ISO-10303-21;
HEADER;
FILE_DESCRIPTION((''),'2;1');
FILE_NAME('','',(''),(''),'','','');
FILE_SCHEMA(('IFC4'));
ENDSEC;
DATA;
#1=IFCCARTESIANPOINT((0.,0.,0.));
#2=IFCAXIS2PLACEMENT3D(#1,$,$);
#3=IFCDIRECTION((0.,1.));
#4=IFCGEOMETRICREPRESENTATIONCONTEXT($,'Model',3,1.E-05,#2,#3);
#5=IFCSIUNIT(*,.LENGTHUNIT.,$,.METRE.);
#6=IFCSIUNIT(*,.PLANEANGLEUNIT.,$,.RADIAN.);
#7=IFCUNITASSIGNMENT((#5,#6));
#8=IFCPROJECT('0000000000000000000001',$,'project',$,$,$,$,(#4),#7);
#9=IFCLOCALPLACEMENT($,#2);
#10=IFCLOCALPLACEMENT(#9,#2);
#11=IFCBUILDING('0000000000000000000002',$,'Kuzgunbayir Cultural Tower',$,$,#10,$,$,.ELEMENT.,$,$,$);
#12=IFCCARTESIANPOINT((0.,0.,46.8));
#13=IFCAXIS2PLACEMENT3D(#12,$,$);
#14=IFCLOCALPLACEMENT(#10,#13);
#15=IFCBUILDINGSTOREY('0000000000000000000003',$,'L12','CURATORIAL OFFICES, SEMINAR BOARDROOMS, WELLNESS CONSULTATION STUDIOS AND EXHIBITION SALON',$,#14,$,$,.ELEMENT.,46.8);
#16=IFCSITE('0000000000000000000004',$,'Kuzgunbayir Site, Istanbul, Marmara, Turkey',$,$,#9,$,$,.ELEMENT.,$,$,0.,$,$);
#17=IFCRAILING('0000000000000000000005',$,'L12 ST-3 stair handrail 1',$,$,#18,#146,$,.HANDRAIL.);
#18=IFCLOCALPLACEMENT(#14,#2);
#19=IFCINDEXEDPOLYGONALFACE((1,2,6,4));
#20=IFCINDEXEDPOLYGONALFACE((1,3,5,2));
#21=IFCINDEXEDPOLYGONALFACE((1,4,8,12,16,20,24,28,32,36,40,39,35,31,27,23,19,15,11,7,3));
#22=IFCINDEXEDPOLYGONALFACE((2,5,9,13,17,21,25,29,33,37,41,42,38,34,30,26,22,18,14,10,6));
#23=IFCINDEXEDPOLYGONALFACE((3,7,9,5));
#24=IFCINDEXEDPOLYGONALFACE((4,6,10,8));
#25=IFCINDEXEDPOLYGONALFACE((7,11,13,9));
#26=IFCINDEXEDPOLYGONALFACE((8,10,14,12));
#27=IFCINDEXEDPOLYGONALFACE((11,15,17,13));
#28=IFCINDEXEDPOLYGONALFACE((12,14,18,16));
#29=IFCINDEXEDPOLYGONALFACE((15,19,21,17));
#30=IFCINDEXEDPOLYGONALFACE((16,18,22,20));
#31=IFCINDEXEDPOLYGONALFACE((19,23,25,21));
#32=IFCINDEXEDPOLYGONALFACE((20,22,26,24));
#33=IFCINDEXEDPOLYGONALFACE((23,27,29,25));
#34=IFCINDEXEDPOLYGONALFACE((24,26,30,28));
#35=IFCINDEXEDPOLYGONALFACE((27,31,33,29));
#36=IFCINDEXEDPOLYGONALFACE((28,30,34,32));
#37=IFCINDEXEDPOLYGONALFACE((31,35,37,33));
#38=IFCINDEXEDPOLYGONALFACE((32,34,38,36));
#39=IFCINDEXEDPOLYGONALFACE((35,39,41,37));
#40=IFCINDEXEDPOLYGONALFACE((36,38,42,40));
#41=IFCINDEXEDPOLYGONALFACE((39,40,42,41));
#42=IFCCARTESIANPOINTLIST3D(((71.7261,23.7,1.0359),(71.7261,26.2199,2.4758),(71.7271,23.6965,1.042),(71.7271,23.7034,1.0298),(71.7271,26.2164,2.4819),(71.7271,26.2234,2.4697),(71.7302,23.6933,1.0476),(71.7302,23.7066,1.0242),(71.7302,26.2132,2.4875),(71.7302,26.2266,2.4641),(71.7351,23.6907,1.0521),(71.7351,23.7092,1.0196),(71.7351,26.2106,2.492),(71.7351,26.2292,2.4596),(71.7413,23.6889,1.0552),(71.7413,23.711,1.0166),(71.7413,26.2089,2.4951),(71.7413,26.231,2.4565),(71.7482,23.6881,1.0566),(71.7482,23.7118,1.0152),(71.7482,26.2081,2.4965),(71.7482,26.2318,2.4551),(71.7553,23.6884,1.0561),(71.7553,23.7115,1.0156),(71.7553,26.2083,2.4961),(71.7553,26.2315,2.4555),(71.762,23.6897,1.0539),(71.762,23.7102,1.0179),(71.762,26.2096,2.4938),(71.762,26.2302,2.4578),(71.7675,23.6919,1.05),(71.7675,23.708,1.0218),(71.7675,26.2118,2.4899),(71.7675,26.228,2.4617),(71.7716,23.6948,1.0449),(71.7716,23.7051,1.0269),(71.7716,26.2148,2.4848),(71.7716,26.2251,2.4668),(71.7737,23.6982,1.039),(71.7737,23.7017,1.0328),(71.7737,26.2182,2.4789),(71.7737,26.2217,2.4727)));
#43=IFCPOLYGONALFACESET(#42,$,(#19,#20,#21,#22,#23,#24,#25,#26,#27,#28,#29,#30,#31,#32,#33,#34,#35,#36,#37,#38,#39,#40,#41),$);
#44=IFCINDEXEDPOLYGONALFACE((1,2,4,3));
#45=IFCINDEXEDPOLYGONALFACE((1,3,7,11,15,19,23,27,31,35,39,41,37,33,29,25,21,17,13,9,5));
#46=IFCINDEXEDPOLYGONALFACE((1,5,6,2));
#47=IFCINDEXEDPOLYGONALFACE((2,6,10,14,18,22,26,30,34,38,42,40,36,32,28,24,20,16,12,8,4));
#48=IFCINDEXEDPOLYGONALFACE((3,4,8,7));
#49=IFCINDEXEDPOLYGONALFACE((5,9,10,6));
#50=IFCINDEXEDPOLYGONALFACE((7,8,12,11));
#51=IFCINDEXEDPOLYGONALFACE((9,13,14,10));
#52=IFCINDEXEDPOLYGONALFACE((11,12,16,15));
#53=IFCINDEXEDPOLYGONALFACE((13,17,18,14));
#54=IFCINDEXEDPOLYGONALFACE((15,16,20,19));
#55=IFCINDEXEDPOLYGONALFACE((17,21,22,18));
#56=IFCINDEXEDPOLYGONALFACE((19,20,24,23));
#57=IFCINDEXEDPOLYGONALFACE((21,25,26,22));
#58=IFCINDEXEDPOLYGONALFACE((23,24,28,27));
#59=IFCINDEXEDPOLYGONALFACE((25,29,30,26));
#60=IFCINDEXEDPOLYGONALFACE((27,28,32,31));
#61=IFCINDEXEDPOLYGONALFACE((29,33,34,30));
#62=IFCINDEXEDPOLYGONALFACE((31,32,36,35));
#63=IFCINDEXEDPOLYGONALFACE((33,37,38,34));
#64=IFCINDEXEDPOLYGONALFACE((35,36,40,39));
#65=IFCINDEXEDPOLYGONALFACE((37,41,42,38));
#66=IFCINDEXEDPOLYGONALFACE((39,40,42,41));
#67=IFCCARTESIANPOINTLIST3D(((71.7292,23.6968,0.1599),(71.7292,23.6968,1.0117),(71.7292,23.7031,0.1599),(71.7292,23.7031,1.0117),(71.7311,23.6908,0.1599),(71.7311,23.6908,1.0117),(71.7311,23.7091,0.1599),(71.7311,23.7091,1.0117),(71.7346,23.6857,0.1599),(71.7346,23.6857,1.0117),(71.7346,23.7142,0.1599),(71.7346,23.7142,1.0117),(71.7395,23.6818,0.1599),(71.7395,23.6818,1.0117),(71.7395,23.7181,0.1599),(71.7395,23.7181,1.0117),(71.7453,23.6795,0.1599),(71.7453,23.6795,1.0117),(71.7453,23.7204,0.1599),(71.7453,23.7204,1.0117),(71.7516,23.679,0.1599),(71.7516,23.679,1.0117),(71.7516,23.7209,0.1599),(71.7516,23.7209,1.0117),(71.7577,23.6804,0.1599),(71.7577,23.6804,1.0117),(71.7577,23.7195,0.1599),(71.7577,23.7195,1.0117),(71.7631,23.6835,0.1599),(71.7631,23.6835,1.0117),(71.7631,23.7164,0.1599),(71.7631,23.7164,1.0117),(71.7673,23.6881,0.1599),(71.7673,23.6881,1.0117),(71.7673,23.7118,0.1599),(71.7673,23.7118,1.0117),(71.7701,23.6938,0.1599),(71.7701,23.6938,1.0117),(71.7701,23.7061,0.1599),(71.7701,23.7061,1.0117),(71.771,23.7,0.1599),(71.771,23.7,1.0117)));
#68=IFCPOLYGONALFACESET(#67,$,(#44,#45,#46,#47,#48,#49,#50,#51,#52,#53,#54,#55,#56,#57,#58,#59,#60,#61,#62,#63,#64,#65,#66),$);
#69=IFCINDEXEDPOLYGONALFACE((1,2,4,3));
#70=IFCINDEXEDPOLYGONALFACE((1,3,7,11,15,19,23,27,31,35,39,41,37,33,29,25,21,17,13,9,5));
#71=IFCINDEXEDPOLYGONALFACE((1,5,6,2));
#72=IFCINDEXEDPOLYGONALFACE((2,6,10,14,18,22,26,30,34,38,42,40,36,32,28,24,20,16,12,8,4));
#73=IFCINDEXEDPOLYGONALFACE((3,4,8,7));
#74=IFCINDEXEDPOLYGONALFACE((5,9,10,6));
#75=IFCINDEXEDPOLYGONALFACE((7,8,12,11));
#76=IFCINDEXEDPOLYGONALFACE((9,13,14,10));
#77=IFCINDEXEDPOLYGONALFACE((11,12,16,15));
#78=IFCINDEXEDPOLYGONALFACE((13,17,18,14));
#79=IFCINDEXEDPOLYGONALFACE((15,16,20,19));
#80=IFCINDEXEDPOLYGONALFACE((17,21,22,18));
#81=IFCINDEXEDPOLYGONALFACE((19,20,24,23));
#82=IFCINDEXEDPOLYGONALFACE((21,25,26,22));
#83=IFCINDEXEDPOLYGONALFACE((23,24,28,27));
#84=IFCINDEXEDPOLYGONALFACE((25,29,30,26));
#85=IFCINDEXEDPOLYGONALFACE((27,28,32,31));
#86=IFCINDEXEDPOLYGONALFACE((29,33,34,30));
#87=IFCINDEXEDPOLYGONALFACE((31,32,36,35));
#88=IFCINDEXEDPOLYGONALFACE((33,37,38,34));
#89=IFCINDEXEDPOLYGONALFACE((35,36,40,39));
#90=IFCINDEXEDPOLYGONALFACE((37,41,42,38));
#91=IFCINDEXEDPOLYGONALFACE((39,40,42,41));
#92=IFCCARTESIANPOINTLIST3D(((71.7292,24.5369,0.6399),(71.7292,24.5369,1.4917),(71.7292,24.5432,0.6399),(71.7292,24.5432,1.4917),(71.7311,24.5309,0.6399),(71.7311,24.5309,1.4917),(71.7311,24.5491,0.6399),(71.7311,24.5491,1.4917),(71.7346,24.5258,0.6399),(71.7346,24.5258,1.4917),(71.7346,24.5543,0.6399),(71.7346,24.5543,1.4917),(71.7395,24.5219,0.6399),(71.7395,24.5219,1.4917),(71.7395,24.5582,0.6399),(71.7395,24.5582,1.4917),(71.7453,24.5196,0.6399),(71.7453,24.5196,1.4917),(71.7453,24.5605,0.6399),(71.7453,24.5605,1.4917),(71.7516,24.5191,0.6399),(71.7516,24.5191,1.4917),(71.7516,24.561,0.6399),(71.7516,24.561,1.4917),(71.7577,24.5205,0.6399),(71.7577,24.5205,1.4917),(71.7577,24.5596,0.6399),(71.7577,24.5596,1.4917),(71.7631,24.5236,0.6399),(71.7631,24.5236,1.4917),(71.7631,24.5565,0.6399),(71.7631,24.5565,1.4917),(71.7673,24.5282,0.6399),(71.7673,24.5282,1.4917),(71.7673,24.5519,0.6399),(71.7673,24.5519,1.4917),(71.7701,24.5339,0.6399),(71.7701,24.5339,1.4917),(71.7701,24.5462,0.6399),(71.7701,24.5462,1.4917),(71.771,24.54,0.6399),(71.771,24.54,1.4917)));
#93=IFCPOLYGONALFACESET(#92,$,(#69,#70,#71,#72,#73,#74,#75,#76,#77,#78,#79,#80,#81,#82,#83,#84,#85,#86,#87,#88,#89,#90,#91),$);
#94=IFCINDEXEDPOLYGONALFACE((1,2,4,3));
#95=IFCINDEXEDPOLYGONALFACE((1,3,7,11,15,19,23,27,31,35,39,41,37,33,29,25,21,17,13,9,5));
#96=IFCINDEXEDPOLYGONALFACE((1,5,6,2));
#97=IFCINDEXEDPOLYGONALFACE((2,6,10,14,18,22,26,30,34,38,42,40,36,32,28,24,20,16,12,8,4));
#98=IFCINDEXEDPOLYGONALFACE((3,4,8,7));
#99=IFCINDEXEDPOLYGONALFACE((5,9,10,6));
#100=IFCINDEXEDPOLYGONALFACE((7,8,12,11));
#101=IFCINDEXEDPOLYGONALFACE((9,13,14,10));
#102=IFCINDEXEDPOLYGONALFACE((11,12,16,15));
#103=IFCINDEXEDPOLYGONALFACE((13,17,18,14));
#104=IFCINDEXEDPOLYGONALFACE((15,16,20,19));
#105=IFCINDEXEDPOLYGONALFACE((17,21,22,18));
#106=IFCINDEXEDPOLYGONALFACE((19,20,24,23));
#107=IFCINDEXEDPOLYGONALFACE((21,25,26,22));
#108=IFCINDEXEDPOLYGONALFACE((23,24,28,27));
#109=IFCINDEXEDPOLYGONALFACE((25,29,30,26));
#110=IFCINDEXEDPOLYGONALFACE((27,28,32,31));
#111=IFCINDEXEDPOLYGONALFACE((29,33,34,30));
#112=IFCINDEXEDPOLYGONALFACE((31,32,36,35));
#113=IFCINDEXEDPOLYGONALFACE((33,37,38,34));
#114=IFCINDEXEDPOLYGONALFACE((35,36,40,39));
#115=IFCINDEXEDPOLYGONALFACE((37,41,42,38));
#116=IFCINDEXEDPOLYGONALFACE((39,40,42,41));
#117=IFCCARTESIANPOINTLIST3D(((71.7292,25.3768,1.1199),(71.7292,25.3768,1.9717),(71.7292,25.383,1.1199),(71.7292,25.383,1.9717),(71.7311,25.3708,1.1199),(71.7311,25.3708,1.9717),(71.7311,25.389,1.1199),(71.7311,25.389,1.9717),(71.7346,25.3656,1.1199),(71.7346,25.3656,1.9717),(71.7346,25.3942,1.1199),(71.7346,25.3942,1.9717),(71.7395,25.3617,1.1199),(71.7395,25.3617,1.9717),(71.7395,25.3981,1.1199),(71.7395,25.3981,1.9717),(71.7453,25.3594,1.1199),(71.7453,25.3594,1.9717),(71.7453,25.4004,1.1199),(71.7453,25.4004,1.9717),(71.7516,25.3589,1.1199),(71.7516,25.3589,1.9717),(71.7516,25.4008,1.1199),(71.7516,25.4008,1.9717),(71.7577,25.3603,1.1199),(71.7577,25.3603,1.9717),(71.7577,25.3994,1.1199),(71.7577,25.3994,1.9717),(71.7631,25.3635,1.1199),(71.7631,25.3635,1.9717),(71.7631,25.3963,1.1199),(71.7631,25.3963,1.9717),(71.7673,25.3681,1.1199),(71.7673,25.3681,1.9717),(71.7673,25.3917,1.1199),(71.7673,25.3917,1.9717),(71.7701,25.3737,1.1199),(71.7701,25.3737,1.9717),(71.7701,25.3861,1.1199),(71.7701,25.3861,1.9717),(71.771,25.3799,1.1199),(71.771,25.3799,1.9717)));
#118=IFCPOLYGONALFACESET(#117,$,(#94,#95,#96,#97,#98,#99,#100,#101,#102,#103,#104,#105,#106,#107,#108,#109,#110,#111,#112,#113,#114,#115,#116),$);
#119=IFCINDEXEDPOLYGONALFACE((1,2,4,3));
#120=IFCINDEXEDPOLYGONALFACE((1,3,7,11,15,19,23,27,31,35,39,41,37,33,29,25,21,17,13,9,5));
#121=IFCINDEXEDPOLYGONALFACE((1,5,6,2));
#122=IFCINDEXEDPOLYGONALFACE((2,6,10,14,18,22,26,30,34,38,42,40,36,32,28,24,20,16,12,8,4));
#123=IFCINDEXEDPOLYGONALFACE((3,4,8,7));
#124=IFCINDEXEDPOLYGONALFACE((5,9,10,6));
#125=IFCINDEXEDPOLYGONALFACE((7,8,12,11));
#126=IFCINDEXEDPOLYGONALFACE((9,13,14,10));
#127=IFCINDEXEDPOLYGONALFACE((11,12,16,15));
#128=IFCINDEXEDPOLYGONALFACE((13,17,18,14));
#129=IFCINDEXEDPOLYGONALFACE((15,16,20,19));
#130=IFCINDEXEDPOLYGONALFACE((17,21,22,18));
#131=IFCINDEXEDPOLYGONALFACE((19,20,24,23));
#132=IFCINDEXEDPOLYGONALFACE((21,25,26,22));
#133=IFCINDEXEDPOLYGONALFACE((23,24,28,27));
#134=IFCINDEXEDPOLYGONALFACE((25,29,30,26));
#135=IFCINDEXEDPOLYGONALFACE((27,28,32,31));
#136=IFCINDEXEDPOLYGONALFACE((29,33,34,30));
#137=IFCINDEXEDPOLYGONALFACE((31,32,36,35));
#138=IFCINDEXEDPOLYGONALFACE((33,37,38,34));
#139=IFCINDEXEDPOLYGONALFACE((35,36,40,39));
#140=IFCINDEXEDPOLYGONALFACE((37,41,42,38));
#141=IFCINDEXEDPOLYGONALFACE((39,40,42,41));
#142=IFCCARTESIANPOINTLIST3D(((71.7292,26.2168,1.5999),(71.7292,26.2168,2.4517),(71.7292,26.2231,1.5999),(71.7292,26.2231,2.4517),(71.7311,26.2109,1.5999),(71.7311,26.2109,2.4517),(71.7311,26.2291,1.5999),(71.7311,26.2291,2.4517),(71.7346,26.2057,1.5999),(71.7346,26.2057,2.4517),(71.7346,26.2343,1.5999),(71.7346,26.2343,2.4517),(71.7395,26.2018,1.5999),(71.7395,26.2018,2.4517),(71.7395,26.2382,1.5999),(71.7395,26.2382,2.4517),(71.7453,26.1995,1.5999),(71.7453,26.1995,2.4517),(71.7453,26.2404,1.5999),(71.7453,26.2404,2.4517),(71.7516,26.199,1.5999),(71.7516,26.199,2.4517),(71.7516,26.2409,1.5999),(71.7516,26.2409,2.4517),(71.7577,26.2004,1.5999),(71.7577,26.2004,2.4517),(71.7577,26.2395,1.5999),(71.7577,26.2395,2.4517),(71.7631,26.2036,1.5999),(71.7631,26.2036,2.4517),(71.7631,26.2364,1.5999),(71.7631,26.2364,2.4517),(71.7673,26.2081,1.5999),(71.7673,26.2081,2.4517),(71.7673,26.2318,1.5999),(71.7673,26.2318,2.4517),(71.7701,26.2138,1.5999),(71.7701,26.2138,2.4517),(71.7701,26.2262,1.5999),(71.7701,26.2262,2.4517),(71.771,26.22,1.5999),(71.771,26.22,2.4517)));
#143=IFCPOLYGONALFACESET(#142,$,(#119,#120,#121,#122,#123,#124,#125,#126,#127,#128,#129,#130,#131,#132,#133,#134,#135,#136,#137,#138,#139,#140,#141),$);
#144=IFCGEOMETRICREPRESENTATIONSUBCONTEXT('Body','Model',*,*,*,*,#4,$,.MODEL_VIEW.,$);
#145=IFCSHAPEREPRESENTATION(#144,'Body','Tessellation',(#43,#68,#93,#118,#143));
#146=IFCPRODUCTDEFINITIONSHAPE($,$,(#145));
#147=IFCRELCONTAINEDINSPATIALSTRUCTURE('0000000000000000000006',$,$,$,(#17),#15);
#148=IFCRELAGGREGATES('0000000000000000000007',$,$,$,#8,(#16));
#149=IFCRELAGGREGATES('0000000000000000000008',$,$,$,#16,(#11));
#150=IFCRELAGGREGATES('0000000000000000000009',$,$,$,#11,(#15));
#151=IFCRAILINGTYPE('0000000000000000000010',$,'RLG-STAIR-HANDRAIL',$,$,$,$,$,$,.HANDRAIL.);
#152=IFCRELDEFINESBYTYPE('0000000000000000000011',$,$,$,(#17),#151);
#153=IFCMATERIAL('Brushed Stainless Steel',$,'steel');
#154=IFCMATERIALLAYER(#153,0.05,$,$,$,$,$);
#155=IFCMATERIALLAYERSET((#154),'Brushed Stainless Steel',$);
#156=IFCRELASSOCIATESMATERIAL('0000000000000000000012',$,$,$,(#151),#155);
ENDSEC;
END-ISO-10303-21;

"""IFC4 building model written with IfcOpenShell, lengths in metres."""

from ifc_helpers import new_model, si_unit, direction, frame, origin, origin_2d, place, context, subcontext, project, spatial, circle, extrude, material, layer, layer_set, type_object, element, save


model = new_model("IFC4")

# Units and contexts
model_context = context("Model", 3, precision=1e-05, world=origin(), true_north=direction((0.0, 1.0)))
body_context = subcontext(model_context, "Body", "Model", "MODEL_VIEW")
ifc_project = project(units=[si_unit("LENGTHUNIT", "METRE"), si_unit("PLANEANGLEUNIT", "RADIAN")], contexts=[model_context])

# Site, building, storey
site_placement = place(None, origin())
site = spatial("IfcSite", under=ifc_project, at=site_placement, Name="Kuzgunbayir Site, Istanbul, Marmara, Turkey", CompositionType="ELEMENT", RefElevation=0.0)
building_placement = place(site_placement, origin())
building = spatial("IfcBuilding", under=site, at=building_placement, Name="Kuzgunbayir Cultural Tower", CompositionType="ELEMENT")
storey_placement = place(building_placement, frame((0.0, 0.0, 46.8)))
storey = spatial("IfcBuildingStorey", under=building, at=storey_placement, Name="L12", Description="CURATORIAL OFFICES, SEMINAR BOARDROOMS, WELLNESS CONSULTATION STUDIOS AND EXHIBITION SALON", CompositionType="ELEMENT", Elevation=46.8)

# Railing
ifc_material_1 = material(Name="Brushed Stainless Steel", Category="steel")
ifc_layer_1 = layer(ifc_material_1, 0.05)
ifc_layer_set_1 = layer_set([ifc_layer_1], Name="Brushed Stainless Steel")
railing_type_1 = type_object("IfcRailingType", Name="RLG-STAIR-HANDRAIL", PredefinedType="HANDRAIL", material=ifc_layer_set_1)
railing_1_placement = place(storey_placement, frame((71.75, 23.7, 0.1599)))
element("IfcRailing", 1, at=railing_1_placement, inside=storey, type_object=railing_type_1, Name="L12 ST-3 stair handrail 1", PredefinedType="HANDRAIL", context=body_context, shape_type="SweptSolid", body=[
    extrude(circle(Radius=0.0239, at=origin_2d()), frame((0.0, 0.0, 0.876), z_axis=(0.0, 0.868253, 0.496121), x_axis=(-1.0, 0.0, 0.0)), (0.0, 0.0, 1.0), 2.9023),
    extrude(circle(Radius=0.021, at=origin_2d()), origin(), (0.0, 0.0, 1.0), 0.8518),
    extrude(circle(Radius=0.021, at=origin_2d()), frame((0.0, 0.8401, 0.48)), (0.0, 0.0, 1.0), 0.8518),
    extrude(circle(Radius=0.021, at=origin_2d()), frame((0.0, 1.6799, 0.96)), (0.0, 0.0, 1.0), 0.8518),
    extrude(circle(Radius=0.021, at=origin_2d()), frame((0.0, 2.52, 1.4399)), (0.0, 0.0, 1.0), 0.8518),
])

save(model, "model.ifc")
